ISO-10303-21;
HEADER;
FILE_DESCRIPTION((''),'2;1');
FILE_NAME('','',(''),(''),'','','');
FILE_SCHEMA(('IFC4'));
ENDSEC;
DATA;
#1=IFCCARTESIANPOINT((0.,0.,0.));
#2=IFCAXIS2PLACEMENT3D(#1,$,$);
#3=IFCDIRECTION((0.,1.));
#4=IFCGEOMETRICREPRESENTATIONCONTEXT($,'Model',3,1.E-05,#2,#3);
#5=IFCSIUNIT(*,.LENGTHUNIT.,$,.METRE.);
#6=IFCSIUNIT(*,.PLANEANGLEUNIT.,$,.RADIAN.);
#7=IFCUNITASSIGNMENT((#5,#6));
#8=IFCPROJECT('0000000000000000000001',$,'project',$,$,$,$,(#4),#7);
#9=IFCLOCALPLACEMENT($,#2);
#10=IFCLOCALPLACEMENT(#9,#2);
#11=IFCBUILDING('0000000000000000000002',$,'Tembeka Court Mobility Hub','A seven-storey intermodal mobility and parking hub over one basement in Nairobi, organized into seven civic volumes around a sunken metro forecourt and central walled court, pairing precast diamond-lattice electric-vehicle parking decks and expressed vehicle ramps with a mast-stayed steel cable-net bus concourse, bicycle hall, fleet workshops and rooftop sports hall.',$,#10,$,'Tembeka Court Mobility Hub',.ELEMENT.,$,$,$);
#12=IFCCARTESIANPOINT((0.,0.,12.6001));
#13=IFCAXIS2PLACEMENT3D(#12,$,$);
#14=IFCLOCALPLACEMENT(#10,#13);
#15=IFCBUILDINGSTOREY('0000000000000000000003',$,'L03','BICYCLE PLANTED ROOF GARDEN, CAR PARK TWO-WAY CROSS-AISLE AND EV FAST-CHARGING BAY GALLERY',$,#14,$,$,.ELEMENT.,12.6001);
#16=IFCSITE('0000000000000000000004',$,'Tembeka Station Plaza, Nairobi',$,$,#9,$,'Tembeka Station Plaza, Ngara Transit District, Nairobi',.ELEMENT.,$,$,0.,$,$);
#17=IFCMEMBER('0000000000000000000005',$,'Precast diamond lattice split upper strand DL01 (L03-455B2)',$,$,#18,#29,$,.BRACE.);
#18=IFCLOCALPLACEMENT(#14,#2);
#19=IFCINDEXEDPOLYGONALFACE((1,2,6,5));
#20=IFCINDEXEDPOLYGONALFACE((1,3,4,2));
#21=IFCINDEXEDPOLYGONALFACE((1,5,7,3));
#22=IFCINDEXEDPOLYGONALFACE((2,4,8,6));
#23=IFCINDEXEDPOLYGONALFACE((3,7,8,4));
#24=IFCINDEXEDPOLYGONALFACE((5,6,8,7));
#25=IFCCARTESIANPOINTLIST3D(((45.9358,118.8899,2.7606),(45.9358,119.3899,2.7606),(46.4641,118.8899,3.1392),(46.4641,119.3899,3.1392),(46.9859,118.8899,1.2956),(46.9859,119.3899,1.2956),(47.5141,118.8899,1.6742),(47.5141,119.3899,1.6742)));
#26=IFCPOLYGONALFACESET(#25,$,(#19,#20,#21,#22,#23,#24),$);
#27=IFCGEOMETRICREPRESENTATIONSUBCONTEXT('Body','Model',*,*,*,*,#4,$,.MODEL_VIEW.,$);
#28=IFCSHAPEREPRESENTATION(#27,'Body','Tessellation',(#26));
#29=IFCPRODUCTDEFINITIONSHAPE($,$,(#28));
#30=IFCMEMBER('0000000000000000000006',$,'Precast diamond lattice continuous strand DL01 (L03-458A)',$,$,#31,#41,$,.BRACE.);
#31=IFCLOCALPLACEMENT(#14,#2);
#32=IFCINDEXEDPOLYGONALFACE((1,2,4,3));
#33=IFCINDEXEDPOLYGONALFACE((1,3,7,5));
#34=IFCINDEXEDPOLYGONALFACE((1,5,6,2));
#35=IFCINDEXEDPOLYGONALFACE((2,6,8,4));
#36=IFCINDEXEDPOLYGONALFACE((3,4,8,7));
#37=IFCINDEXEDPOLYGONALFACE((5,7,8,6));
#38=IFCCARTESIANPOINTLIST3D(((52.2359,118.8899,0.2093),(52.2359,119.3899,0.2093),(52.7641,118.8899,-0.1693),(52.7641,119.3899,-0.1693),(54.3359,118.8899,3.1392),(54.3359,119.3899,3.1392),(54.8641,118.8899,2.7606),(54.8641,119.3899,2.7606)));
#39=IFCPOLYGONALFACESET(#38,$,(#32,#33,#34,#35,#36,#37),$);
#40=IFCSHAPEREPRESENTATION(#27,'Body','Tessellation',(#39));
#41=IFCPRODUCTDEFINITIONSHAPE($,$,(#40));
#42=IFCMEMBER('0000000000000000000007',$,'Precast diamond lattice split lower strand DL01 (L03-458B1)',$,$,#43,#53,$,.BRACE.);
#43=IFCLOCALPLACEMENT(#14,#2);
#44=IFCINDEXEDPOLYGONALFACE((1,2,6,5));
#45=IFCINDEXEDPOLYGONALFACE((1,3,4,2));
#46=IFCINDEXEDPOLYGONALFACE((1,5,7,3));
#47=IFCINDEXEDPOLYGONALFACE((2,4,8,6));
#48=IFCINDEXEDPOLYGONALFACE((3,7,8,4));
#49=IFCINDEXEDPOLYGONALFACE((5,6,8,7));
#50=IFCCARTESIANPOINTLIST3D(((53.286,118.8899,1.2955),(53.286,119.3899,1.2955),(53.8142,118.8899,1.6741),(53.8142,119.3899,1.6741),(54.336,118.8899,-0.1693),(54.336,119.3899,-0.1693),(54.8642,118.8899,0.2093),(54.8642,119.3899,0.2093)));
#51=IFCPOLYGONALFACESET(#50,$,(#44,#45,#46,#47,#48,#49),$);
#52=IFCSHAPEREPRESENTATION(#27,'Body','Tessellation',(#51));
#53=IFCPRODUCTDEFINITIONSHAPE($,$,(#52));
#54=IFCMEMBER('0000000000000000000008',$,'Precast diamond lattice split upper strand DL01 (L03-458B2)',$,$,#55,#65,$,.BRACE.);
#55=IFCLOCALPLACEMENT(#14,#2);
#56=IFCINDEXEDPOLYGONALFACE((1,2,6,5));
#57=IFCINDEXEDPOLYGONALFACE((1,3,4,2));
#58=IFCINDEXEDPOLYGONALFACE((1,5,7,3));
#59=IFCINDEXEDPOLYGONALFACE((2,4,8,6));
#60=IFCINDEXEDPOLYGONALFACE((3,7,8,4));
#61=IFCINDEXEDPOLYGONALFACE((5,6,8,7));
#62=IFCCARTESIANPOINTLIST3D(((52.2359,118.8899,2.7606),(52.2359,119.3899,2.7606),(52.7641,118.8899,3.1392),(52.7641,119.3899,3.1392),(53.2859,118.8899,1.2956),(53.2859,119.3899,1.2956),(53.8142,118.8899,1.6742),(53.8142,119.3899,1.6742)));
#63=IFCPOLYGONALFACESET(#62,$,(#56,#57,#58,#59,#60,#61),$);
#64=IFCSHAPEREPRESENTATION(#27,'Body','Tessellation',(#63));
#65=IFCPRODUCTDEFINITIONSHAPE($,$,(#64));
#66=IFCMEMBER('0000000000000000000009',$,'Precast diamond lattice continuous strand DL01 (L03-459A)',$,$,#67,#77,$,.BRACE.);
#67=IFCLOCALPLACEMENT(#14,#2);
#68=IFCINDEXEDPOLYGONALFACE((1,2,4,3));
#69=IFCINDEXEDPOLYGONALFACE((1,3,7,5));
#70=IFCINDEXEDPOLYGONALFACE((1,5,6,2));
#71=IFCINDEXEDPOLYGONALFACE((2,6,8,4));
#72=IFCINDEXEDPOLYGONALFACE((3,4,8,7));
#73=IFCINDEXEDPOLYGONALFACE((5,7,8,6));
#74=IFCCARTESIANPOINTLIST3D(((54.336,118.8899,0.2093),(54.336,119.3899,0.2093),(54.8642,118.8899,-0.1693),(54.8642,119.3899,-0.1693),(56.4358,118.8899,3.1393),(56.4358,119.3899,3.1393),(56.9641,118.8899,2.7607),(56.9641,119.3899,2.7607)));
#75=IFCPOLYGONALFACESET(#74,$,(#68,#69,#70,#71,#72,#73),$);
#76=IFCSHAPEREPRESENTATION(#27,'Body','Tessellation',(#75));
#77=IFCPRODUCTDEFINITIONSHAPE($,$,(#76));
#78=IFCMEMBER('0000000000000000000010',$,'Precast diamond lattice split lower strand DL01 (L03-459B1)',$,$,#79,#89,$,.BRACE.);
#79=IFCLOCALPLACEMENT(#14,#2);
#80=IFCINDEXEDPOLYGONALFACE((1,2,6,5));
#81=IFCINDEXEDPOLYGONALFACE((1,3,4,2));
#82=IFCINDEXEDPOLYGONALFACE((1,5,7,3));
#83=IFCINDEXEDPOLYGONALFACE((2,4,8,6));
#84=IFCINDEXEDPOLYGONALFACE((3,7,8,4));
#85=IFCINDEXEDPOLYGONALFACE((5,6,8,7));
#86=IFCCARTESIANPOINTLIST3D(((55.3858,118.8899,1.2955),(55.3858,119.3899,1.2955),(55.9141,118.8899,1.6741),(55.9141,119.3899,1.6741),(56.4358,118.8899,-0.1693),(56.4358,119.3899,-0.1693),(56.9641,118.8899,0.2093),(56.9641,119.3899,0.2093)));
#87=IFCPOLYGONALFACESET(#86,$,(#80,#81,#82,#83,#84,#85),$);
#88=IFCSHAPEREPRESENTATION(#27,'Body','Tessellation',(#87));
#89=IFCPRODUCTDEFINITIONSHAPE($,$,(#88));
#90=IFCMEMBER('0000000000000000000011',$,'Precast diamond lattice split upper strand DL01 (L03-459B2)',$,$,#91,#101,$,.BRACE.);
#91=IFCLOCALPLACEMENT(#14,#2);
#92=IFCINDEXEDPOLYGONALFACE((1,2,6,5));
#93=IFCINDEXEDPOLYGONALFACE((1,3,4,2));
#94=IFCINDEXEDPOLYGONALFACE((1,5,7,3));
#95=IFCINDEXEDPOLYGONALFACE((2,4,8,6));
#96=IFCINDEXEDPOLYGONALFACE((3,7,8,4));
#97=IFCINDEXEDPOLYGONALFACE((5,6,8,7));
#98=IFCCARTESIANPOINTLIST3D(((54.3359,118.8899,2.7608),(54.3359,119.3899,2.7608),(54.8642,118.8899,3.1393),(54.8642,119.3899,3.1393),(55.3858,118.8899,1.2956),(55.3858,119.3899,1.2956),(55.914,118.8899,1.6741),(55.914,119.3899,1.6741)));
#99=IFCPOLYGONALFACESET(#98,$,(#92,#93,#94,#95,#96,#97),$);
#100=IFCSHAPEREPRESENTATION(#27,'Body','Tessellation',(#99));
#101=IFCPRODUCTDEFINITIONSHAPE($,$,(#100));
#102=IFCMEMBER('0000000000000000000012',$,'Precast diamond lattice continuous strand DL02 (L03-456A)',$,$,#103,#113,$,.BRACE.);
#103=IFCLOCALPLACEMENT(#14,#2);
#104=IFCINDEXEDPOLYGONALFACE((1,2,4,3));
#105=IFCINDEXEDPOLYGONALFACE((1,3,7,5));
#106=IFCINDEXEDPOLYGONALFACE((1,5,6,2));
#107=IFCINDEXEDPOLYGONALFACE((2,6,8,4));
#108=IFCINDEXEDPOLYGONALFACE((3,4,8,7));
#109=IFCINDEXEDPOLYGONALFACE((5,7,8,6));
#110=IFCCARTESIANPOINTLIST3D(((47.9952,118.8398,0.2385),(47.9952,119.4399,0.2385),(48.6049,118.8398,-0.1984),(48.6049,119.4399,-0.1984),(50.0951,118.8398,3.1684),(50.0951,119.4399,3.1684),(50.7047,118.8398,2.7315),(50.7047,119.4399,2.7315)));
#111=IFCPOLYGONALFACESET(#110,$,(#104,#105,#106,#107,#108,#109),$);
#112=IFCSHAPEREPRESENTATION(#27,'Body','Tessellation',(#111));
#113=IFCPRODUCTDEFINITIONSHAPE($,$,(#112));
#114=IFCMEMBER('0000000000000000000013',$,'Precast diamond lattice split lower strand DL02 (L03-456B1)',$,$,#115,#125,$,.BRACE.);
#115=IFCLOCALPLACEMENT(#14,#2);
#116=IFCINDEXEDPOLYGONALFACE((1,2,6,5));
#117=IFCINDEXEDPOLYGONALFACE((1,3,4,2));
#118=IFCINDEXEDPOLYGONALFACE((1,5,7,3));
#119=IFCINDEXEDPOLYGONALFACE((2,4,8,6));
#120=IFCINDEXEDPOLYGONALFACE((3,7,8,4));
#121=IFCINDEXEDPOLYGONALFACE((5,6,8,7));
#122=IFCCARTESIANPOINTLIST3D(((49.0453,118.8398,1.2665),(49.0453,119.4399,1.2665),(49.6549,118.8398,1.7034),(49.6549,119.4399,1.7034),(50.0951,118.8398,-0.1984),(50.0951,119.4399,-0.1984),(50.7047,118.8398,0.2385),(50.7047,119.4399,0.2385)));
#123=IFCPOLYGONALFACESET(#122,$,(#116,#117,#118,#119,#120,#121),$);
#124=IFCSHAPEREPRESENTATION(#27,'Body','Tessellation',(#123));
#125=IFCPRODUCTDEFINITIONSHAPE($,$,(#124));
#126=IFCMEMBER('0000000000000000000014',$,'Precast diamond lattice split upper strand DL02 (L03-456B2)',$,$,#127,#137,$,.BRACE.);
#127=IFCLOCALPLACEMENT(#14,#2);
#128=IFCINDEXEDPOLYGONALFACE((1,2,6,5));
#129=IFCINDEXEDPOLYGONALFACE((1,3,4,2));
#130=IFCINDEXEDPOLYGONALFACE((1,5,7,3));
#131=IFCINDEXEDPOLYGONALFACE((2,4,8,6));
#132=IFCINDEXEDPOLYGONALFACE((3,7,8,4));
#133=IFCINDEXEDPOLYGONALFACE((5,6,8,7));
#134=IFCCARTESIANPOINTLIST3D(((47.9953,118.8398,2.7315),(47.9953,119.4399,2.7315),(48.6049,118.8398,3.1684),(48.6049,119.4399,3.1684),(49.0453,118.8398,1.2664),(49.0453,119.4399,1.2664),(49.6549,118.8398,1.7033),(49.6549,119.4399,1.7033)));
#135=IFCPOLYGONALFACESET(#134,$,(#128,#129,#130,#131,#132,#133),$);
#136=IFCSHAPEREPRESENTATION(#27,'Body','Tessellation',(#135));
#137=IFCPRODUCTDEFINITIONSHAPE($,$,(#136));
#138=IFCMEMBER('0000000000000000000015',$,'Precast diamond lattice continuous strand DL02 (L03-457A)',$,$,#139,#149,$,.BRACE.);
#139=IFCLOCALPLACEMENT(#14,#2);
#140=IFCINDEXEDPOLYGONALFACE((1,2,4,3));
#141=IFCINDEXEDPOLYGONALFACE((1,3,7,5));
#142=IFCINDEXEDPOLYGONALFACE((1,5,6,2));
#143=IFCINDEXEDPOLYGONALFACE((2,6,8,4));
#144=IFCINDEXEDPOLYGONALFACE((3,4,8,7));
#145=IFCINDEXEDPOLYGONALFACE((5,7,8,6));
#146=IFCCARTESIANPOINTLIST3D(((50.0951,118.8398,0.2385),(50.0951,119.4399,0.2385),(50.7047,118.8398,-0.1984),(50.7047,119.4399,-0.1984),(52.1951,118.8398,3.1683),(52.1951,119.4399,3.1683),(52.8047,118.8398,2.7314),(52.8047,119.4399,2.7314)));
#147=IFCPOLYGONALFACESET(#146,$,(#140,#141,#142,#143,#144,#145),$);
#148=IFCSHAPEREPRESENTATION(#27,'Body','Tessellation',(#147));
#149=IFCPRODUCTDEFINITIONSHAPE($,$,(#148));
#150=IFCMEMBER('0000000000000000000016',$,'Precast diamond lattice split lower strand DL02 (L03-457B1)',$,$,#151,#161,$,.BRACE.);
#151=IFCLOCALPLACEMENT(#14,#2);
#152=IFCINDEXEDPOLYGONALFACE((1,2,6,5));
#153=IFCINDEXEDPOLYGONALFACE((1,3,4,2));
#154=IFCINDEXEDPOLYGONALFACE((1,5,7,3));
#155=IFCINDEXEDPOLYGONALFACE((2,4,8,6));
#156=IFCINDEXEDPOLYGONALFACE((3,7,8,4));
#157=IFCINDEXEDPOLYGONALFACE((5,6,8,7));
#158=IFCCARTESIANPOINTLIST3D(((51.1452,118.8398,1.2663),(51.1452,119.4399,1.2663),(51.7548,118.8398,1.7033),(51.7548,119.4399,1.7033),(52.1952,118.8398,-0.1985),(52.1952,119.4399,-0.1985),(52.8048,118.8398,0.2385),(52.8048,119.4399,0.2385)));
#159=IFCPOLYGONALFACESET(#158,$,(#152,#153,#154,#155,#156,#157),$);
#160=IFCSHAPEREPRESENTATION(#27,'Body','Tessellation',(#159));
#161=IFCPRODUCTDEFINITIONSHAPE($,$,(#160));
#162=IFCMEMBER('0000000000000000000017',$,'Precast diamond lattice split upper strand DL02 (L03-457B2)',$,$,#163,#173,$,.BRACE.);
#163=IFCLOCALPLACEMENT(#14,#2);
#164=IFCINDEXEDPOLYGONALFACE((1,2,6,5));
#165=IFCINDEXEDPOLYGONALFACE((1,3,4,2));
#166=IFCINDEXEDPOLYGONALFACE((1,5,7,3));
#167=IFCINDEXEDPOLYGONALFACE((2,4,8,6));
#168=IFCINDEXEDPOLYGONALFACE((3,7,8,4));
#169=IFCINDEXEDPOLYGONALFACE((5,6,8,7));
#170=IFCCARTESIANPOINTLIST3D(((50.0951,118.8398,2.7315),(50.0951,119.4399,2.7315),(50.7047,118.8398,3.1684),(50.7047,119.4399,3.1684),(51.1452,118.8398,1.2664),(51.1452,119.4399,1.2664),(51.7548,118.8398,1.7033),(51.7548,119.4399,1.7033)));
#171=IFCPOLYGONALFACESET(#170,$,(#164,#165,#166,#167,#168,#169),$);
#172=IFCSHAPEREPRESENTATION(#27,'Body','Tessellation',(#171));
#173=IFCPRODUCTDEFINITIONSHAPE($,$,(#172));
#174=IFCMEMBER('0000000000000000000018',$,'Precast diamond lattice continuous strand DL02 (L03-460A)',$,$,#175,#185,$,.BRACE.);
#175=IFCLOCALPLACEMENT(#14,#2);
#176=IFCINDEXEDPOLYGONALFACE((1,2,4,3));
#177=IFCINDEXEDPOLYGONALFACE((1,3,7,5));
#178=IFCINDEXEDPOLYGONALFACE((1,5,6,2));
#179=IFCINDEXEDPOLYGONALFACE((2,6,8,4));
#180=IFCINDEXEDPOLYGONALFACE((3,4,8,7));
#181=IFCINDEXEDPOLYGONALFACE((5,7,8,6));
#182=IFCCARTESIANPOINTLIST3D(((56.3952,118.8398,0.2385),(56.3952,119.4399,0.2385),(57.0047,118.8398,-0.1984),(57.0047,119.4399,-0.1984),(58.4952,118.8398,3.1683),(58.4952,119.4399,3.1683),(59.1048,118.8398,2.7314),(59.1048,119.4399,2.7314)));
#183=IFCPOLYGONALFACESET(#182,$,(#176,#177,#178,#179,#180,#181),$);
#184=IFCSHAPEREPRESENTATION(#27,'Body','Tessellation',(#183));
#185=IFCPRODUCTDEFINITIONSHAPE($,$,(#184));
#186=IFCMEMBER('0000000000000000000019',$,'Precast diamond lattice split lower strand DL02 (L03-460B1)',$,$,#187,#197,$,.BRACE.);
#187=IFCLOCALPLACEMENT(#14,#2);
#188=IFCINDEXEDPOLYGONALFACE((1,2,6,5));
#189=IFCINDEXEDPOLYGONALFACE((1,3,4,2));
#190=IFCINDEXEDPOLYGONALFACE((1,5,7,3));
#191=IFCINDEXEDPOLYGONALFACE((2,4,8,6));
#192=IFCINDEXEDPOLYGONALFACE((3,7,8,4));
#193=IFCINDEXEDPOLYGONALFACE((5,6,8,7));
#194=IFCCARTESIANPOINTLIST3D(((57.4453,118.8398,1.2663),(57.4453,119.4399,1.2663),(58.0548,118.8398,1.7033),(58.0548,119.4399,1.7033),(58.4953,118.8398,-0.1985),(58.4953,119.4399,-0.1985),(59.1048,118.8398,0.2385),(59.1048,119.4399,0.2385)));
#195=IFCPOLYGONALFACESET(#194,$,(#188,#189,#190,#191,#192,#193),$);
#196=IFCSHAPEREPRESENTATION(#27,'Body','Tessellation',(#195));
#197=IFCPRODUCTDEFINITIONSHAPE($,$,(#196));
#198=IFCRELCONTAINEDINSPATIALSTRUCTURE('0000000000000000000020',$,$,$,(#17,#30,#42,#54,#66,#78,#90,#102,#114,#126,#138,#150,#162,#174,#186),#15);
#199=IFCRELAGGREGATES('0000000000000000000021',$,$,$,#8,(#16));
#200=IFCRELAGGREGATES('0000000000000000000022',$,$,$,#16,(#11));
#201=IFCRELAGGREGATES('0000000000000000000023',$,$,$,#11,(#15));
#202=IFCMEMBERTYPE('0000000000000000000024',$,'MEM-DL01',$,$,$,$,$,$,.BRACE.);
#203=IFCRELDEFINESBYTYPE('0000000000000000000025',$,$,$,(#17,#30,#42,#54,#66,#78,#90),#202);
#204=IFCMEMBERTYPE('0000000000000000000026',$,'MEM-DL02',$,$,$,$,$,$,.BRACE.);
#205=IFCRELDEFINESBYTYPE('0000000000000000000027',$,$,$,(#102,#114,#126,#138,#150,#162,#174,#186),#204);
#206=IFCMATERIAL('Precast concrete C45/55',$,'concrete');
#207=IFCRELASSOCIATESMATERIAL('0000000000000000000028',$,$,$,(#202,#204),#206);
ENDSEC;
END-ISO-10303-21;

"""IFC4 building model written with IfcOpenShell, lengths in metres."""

from ifc_helpers import new_model, si_unit, direction, frame, origin, origin_2d, place, context, subcontext, project, spatial, rectangle, extrude, material, material_profile, profile_set, type_object, element, save


model = new_model("IFC4")

# Units and contexts
model_context = context("Model", 3, precision=1e-05, world=origin(), true_north=direction((0.0, 1.0)))
body_context = subcontext(model_context, "Body", "Model", "MODEL_VIEW")
ifc_project = project(units=[si_unit("LENGTHUNIT", "METRE"), si_unit("PLANEANGLEUNIT", "RADIAN")], contexts=[model_context])

# Site, building, storey
site_placement = place(None, origin())
site = spatial("IfcSite", under=ifc_project, at=site_placement, Name="Tembeka Station Plaza, Nairobi", LongName="Tembeka Station Plaza, Ngara Transit District, Nairobi", CompositionType="ELEMENT", RefElevation=0.0)
building_placement = place(site_placement, origin())
building = spatial("IfcBuilding", under=site, at=building_placement, Name="Tembeka Court Mobility Hub", Description="A seven-storey intermodal mobility and parking hub over one basement in Nairobi, organized into seven civic volumes around a sunken metro forecourt and central walled court, pairing precast diamond-lattice electric-vehicle parking decks and expressed vehicle ramps with a mast-stayed steel cable-net bus concourse, bicycle hall, fleet workshops and rooftop sports hall.", LongName="Tembeka Court Mobility Hub", CompositionType="ELEMENT")
storey_placement = place(building_placement, frame((0.0, 0.0, 12.6001)))
storey = spatial("IfcBuildingStorey", under=building, at=storey_placement, Name="L03", Description="BICYCLE PLANTED ROOF GARDEN, CAR PARK TWO-WAY CROSS-AISLE AND EV FAST-CHARGING BAY GALLERY", CompositionType="ELEMENT", Elevation=12.6001)

# Shared definitions
ifc_material_1 = material(Name="Precast concrete C45/55", Category="concrete")

# Members
ifc_material_profile_1 = material_profile(ifc_material_1, rectangle(XDim=0.5, YDim=0.6499, at=origin_2d()), Name="PC-DIAG 500x650")
ifc_profile_set_1 = profile_set([ifc_material_profile_1], Name="Precast concrete C45/55")
member_type_1 = type_object("IfcMemberType", Name="MEM-DL01", PredefinedType="BRACE", material=ifc_profile_set_1)
member_1_placement = place(storey_placement, frame((47.25, 119.1399, 1.4849), z_axis=(-0.582544, 0.0, 0.812799), x_axis=(0.0, -1.0, 0.0)))
element("IfcMember", 1, at=member_1_placement, inside=storey, type_object=member_type_1, Name="Precast diamond lattice split upper strand DL01 (L03-455B2)", PredefinedType="BRACE", context=body_context, shape_type="SweptSolid", body=[
    extrude(rectangle(XDim=0.5, YDim=0.6499, at=origin_2d()), origin(), (0.0, 0.0, 1.0), 1.8025),
])
member_2_placement = place(storey_placement, frame((52.5, 119.1399, 0.02), z_axis=(0.582576, 0.0, 0.812776), x_axis=(0.0, 1.0, 0.0)))
element("IfcMember", 2, at=member_2_placement, inside=storey, type_object=member_type_1, Name="Precast diamond lattice continuous strand DL01 (L03-458A)", PredefinedType="BRACE", context=body_context, shape_type="SweptSolid", body=[
    extrude(rectangle(XDim=0.5, YDim=0.6499, at=origin_2d()), origin(), (0.0, 0.0, 1.0), 3.6047),
])
member_3_placement = place(storey_placement, frame((54.6001, 119.1399, 0.02), z_axis=(-0.582608, 0.0, 0.812753), x_axis=(0.0, -1.0, 0.0)))
element("IfcMember", 3, at=member_3_placement, inside=storey, type_object=member_type_1, Name="Precast diamond lattice split lower strand DL01 (L03-458B1)", PredefinedType="BRACE", context=body_context, shape_type="SweptSolid", body=[
    extrude(rectangle(XDim=0.5, YDim=0.6499, at=origin_2d()), origin(), (0.0, 0.0, 1.0), 1.8022),
])
member_4_placement = place(storey_placement, frame((53.55, 119.1399, 1.4849), z_axis=(-0.582544, 0.0, 0.812799), x_axis=(0.0, -1.0, 0.0)))
element("IfcMember", 4, at=member_4_placement, inside=storey, type_object=member_type_1, Name="Precast diamond lattice split upper strand DL01 (L03-458B2)", PredefinedType="BRACE", context=body_context, shape_type="SweptSolid", body=[
    extrude(rectangle(XDim=0.5, YDim=0.6499, at=origin_2d()), origin(), (0.0, 0.0, 1.0), 1.8025),
])
member_5_placement = place(storey_placement, frame((54.6001, 119.1399, 0.02), z_axis=(0.582532, 0.0, 0.812808), x_axis=(0.0, 1.0, 0.0)))
element("IfcMember", 5, at=member_5_placement, inside=storey, type_object=member_type_1, Name="Precast diamond lattice continuous strand DL01 (L03-459A)", PredefinedType="BRACE", context=body_context, shape_type="SweptSolid", body=[
    extrude(rectangle(XDim=0.5, YDim=0.6499, at=origin_2d()), origin(), (0.0, 0.0, 1.0), 3.6047),
])
member_6_placement = place(storey_placement, frame((56.7, 119.1399, 0.02), z_axis=(-0.582608, 0.0, 0.812753), x_axis=(0.0, -1.0, 0.0)))
element("IfcMember", 6, at=member_6_placement, inside=storey, type_object=member_type_1, Name="Precast diamond lattice split lower strand DL01 (L03-459B1)", PredefinedType="BRACE", context=body_context, shape_type="SweptSolid", body=[
    extrude(rectangle(XDim=0.5, YDim=0.6499, at=origin_2d()), origin(), (0.0, 0.0, 1.0), 1.8022),
])
member_7_placement = place(storey_placement, frame((55.6499, 119.1399, 1.4849), z_axis=(-0.582455, 0.0, 0.812863), x_axis=(0.0, -1.0, 0.0)))
element("IfcMember", 7, at=member_7_placement, inside=storey, type_object=member_type_1, Name="Precast diamond lattice split upper strand DL01 (L03-459B2)", PredefinedType="BRACE", context=body_context, shape_type="SweptSolid", body=[
    extrude(rectangle(XDim=0.5, YDim=0.6499, at=origin_2d()), origin(), (0.0, 0.0, 1.0), 1.8025),
])
ifc_material_profile_2 = material_profile(ifc_material_1, rectangle(XDim=0.6001, YDim=0.75, at=origin_2d()), Name="PC-DIAG 600x750")
ifc_profile_set_2 = profile_set([ifc_material_profile_2], Name="Precast concrete C45/55")
member_type_2 = type_object("IfcMemberType", Name="MEM-DL02", PredefinedType="BRACE", material=ifc_profile_set_2)
member_8_placement = place(storey_placement, frame((48.3, 119.1399, 0.02), z_axis=(0.582532, 0.0, 0.812808), x_axis=(0.0, 1.0, 0.0)))
element("IfcMember", 8, at=member_8_placement, inside=storey, type_object=member_type_2, Name="Precast diamond lattice continuous strand DL02 (L03-456A)", PredefinedType="BRACE", context=body_context, shape_type="SweptSolid", body=[
    extrude(rectangle(XDim=0.6001, YDim=0.75, at=origin_2d()), origin(), (0.0, 0.0, 1.0), 3.6047),
])
member_9_placement = place(storey_placement, frame((50.3999, 119.1399, 0.02), z_axis=(-0.582519, 0.0, 0.812817), x_axis=(0.0, -1.0, 0.0)))
element("IfcMember", 9, at=member_9_placement, inside=storey, type_object=member_type_2, Name="Precast diamond lattice split lower strand DL02 (L03-456B1)", PredefinedType="BRACE", context=body_context, shape_type="SweptSolid", body=[
    extrude(rectangle(XDim=0.6001, YDim=0.75, at=origin_2d()), origin(), (0.0, 0.0, 1.0), 1.8022),
])
member_10_placement = place(storey_placement, frame((49.3501, 119.1399, 1.4849), z_axis=(-0.582544, 0.0, 0.812799), x_axis=(0.0, -1.0, 0.0)))
element("IfcMember", 10, at=member_10_placement, inside=storey, type_object=member_type_2, Name="Precast diamond lattice split upper strand DL02 (L03-456B2)", PredefinedType="BRACE", context=body_context, shape_type="SweptSolid", body=[
    extrude(rectangle(XDim=0.6001, YDim=0.75, at=origin_2d()), origin(), (0.0, 0.0, 1.0), 1.8025),
])
member_11_placement = place(storey_placement, frame((50.3999, 119.1399, 0.02), z_axis=(0.582576, 0.0, 0.812776), x_axis=(0.0, 1.0, 0.0)))
element("IfcMember", 11, at=member_11_placement, inside=storey, type_object=member_type_2, Name="Precast diamond lattice continuous strand DL02 (L03-457A)", PredefinedType="BRACE", context=body_context, shape_type="SweptSolid", body=[
    extrude(rectangle(XDim=0.6001, YDim=0.75, at=origin_2d()), origin(), (0.0, 0.0, 1.0), 3.6047),
])
member_12_placement = place(storey_placement, frame((52.5, 119.1399, 0.02), z_axis=(-0.582608, 0.0, 0.812753), x_axis=(0.0, -1.0, 0.0)))
element("IfcMember", 12, at=member_12_placement, inside=storey, type_object=member_type_2, Name="Precast diamond lattice split lower strand DL02 (L03-457B1)", PredefinedType="BRACE", context=body_context, shape_type="SweptSolid", body=[
    extrude(rectangle(XDim=0.6001, YDim=0.75, at=origin_2d()), origin(), (0.0, 0.0, 1.0), 1.8022),
])
member_13_placement = place(storey_placement, frame((51.45, 119.1399, 1.4849), z_axis=(-0.582544, 0.0, 0.812799), x_axis=(0.0, -1.0, 0.0)))
element("IfcMember", 13, at=member_13_placement, inside=storey, type_object=member_type_2, Name="Precast diamond lattice split upper strand DL02 (L03-457B2)", PredefinedType="BRACE", context=body_context, shape_type="SweptSolid", body=[
    extrude(rectangle(XDim=0.6001, YDim=0.75, at=origin_2d()), origin(), (0.0, 0.0, 1.0), 1.8025),
])
member_14_placement = place(storey_placement, frame((56.7, 119.1399, 0.02), z_axis=(0.582576, 0.0, 0.812776), x_axis=(0.0, 1.0, 0.0)))
element("IfcMember", 14, at=member_14_placement, inside=storey, type_object=member_type_2, Name="Precast diamond lattice continuous strand DL02 (L03-460A)", PredefinedType="BRACE", context=body_context, shape_type="SweptSolid", body=[
    extrude(rectangle(XDim=0.6001, YDim=0.75, at=origin_2d()), origin(), (0.0, 0.0, 1.0), 3.6047),
])
member_15_placement = place(storey_placement, frame((58.8, 119.1399, 0.02), z_axis=(-0.582608, 0.0, 0.812753), x_axis=(0.0, -1.0, 0.0)))
element("IfcMember", 15, at=member_15_placement, inside=storey, type_object=member_type_2, Name="Precast diamond lattice split lower strand DL02 (L03-460B1)", PredefinedType="BRACE", context=body_context, shape_type="SweptSolid", body=[
    extrude(rectangle(XDim=0.6001, YDim=0.75, at=origin_2d()), origin(), (0.0, 0.0, 1.0), 1.8022),
])

save(model, "model.ifc")
